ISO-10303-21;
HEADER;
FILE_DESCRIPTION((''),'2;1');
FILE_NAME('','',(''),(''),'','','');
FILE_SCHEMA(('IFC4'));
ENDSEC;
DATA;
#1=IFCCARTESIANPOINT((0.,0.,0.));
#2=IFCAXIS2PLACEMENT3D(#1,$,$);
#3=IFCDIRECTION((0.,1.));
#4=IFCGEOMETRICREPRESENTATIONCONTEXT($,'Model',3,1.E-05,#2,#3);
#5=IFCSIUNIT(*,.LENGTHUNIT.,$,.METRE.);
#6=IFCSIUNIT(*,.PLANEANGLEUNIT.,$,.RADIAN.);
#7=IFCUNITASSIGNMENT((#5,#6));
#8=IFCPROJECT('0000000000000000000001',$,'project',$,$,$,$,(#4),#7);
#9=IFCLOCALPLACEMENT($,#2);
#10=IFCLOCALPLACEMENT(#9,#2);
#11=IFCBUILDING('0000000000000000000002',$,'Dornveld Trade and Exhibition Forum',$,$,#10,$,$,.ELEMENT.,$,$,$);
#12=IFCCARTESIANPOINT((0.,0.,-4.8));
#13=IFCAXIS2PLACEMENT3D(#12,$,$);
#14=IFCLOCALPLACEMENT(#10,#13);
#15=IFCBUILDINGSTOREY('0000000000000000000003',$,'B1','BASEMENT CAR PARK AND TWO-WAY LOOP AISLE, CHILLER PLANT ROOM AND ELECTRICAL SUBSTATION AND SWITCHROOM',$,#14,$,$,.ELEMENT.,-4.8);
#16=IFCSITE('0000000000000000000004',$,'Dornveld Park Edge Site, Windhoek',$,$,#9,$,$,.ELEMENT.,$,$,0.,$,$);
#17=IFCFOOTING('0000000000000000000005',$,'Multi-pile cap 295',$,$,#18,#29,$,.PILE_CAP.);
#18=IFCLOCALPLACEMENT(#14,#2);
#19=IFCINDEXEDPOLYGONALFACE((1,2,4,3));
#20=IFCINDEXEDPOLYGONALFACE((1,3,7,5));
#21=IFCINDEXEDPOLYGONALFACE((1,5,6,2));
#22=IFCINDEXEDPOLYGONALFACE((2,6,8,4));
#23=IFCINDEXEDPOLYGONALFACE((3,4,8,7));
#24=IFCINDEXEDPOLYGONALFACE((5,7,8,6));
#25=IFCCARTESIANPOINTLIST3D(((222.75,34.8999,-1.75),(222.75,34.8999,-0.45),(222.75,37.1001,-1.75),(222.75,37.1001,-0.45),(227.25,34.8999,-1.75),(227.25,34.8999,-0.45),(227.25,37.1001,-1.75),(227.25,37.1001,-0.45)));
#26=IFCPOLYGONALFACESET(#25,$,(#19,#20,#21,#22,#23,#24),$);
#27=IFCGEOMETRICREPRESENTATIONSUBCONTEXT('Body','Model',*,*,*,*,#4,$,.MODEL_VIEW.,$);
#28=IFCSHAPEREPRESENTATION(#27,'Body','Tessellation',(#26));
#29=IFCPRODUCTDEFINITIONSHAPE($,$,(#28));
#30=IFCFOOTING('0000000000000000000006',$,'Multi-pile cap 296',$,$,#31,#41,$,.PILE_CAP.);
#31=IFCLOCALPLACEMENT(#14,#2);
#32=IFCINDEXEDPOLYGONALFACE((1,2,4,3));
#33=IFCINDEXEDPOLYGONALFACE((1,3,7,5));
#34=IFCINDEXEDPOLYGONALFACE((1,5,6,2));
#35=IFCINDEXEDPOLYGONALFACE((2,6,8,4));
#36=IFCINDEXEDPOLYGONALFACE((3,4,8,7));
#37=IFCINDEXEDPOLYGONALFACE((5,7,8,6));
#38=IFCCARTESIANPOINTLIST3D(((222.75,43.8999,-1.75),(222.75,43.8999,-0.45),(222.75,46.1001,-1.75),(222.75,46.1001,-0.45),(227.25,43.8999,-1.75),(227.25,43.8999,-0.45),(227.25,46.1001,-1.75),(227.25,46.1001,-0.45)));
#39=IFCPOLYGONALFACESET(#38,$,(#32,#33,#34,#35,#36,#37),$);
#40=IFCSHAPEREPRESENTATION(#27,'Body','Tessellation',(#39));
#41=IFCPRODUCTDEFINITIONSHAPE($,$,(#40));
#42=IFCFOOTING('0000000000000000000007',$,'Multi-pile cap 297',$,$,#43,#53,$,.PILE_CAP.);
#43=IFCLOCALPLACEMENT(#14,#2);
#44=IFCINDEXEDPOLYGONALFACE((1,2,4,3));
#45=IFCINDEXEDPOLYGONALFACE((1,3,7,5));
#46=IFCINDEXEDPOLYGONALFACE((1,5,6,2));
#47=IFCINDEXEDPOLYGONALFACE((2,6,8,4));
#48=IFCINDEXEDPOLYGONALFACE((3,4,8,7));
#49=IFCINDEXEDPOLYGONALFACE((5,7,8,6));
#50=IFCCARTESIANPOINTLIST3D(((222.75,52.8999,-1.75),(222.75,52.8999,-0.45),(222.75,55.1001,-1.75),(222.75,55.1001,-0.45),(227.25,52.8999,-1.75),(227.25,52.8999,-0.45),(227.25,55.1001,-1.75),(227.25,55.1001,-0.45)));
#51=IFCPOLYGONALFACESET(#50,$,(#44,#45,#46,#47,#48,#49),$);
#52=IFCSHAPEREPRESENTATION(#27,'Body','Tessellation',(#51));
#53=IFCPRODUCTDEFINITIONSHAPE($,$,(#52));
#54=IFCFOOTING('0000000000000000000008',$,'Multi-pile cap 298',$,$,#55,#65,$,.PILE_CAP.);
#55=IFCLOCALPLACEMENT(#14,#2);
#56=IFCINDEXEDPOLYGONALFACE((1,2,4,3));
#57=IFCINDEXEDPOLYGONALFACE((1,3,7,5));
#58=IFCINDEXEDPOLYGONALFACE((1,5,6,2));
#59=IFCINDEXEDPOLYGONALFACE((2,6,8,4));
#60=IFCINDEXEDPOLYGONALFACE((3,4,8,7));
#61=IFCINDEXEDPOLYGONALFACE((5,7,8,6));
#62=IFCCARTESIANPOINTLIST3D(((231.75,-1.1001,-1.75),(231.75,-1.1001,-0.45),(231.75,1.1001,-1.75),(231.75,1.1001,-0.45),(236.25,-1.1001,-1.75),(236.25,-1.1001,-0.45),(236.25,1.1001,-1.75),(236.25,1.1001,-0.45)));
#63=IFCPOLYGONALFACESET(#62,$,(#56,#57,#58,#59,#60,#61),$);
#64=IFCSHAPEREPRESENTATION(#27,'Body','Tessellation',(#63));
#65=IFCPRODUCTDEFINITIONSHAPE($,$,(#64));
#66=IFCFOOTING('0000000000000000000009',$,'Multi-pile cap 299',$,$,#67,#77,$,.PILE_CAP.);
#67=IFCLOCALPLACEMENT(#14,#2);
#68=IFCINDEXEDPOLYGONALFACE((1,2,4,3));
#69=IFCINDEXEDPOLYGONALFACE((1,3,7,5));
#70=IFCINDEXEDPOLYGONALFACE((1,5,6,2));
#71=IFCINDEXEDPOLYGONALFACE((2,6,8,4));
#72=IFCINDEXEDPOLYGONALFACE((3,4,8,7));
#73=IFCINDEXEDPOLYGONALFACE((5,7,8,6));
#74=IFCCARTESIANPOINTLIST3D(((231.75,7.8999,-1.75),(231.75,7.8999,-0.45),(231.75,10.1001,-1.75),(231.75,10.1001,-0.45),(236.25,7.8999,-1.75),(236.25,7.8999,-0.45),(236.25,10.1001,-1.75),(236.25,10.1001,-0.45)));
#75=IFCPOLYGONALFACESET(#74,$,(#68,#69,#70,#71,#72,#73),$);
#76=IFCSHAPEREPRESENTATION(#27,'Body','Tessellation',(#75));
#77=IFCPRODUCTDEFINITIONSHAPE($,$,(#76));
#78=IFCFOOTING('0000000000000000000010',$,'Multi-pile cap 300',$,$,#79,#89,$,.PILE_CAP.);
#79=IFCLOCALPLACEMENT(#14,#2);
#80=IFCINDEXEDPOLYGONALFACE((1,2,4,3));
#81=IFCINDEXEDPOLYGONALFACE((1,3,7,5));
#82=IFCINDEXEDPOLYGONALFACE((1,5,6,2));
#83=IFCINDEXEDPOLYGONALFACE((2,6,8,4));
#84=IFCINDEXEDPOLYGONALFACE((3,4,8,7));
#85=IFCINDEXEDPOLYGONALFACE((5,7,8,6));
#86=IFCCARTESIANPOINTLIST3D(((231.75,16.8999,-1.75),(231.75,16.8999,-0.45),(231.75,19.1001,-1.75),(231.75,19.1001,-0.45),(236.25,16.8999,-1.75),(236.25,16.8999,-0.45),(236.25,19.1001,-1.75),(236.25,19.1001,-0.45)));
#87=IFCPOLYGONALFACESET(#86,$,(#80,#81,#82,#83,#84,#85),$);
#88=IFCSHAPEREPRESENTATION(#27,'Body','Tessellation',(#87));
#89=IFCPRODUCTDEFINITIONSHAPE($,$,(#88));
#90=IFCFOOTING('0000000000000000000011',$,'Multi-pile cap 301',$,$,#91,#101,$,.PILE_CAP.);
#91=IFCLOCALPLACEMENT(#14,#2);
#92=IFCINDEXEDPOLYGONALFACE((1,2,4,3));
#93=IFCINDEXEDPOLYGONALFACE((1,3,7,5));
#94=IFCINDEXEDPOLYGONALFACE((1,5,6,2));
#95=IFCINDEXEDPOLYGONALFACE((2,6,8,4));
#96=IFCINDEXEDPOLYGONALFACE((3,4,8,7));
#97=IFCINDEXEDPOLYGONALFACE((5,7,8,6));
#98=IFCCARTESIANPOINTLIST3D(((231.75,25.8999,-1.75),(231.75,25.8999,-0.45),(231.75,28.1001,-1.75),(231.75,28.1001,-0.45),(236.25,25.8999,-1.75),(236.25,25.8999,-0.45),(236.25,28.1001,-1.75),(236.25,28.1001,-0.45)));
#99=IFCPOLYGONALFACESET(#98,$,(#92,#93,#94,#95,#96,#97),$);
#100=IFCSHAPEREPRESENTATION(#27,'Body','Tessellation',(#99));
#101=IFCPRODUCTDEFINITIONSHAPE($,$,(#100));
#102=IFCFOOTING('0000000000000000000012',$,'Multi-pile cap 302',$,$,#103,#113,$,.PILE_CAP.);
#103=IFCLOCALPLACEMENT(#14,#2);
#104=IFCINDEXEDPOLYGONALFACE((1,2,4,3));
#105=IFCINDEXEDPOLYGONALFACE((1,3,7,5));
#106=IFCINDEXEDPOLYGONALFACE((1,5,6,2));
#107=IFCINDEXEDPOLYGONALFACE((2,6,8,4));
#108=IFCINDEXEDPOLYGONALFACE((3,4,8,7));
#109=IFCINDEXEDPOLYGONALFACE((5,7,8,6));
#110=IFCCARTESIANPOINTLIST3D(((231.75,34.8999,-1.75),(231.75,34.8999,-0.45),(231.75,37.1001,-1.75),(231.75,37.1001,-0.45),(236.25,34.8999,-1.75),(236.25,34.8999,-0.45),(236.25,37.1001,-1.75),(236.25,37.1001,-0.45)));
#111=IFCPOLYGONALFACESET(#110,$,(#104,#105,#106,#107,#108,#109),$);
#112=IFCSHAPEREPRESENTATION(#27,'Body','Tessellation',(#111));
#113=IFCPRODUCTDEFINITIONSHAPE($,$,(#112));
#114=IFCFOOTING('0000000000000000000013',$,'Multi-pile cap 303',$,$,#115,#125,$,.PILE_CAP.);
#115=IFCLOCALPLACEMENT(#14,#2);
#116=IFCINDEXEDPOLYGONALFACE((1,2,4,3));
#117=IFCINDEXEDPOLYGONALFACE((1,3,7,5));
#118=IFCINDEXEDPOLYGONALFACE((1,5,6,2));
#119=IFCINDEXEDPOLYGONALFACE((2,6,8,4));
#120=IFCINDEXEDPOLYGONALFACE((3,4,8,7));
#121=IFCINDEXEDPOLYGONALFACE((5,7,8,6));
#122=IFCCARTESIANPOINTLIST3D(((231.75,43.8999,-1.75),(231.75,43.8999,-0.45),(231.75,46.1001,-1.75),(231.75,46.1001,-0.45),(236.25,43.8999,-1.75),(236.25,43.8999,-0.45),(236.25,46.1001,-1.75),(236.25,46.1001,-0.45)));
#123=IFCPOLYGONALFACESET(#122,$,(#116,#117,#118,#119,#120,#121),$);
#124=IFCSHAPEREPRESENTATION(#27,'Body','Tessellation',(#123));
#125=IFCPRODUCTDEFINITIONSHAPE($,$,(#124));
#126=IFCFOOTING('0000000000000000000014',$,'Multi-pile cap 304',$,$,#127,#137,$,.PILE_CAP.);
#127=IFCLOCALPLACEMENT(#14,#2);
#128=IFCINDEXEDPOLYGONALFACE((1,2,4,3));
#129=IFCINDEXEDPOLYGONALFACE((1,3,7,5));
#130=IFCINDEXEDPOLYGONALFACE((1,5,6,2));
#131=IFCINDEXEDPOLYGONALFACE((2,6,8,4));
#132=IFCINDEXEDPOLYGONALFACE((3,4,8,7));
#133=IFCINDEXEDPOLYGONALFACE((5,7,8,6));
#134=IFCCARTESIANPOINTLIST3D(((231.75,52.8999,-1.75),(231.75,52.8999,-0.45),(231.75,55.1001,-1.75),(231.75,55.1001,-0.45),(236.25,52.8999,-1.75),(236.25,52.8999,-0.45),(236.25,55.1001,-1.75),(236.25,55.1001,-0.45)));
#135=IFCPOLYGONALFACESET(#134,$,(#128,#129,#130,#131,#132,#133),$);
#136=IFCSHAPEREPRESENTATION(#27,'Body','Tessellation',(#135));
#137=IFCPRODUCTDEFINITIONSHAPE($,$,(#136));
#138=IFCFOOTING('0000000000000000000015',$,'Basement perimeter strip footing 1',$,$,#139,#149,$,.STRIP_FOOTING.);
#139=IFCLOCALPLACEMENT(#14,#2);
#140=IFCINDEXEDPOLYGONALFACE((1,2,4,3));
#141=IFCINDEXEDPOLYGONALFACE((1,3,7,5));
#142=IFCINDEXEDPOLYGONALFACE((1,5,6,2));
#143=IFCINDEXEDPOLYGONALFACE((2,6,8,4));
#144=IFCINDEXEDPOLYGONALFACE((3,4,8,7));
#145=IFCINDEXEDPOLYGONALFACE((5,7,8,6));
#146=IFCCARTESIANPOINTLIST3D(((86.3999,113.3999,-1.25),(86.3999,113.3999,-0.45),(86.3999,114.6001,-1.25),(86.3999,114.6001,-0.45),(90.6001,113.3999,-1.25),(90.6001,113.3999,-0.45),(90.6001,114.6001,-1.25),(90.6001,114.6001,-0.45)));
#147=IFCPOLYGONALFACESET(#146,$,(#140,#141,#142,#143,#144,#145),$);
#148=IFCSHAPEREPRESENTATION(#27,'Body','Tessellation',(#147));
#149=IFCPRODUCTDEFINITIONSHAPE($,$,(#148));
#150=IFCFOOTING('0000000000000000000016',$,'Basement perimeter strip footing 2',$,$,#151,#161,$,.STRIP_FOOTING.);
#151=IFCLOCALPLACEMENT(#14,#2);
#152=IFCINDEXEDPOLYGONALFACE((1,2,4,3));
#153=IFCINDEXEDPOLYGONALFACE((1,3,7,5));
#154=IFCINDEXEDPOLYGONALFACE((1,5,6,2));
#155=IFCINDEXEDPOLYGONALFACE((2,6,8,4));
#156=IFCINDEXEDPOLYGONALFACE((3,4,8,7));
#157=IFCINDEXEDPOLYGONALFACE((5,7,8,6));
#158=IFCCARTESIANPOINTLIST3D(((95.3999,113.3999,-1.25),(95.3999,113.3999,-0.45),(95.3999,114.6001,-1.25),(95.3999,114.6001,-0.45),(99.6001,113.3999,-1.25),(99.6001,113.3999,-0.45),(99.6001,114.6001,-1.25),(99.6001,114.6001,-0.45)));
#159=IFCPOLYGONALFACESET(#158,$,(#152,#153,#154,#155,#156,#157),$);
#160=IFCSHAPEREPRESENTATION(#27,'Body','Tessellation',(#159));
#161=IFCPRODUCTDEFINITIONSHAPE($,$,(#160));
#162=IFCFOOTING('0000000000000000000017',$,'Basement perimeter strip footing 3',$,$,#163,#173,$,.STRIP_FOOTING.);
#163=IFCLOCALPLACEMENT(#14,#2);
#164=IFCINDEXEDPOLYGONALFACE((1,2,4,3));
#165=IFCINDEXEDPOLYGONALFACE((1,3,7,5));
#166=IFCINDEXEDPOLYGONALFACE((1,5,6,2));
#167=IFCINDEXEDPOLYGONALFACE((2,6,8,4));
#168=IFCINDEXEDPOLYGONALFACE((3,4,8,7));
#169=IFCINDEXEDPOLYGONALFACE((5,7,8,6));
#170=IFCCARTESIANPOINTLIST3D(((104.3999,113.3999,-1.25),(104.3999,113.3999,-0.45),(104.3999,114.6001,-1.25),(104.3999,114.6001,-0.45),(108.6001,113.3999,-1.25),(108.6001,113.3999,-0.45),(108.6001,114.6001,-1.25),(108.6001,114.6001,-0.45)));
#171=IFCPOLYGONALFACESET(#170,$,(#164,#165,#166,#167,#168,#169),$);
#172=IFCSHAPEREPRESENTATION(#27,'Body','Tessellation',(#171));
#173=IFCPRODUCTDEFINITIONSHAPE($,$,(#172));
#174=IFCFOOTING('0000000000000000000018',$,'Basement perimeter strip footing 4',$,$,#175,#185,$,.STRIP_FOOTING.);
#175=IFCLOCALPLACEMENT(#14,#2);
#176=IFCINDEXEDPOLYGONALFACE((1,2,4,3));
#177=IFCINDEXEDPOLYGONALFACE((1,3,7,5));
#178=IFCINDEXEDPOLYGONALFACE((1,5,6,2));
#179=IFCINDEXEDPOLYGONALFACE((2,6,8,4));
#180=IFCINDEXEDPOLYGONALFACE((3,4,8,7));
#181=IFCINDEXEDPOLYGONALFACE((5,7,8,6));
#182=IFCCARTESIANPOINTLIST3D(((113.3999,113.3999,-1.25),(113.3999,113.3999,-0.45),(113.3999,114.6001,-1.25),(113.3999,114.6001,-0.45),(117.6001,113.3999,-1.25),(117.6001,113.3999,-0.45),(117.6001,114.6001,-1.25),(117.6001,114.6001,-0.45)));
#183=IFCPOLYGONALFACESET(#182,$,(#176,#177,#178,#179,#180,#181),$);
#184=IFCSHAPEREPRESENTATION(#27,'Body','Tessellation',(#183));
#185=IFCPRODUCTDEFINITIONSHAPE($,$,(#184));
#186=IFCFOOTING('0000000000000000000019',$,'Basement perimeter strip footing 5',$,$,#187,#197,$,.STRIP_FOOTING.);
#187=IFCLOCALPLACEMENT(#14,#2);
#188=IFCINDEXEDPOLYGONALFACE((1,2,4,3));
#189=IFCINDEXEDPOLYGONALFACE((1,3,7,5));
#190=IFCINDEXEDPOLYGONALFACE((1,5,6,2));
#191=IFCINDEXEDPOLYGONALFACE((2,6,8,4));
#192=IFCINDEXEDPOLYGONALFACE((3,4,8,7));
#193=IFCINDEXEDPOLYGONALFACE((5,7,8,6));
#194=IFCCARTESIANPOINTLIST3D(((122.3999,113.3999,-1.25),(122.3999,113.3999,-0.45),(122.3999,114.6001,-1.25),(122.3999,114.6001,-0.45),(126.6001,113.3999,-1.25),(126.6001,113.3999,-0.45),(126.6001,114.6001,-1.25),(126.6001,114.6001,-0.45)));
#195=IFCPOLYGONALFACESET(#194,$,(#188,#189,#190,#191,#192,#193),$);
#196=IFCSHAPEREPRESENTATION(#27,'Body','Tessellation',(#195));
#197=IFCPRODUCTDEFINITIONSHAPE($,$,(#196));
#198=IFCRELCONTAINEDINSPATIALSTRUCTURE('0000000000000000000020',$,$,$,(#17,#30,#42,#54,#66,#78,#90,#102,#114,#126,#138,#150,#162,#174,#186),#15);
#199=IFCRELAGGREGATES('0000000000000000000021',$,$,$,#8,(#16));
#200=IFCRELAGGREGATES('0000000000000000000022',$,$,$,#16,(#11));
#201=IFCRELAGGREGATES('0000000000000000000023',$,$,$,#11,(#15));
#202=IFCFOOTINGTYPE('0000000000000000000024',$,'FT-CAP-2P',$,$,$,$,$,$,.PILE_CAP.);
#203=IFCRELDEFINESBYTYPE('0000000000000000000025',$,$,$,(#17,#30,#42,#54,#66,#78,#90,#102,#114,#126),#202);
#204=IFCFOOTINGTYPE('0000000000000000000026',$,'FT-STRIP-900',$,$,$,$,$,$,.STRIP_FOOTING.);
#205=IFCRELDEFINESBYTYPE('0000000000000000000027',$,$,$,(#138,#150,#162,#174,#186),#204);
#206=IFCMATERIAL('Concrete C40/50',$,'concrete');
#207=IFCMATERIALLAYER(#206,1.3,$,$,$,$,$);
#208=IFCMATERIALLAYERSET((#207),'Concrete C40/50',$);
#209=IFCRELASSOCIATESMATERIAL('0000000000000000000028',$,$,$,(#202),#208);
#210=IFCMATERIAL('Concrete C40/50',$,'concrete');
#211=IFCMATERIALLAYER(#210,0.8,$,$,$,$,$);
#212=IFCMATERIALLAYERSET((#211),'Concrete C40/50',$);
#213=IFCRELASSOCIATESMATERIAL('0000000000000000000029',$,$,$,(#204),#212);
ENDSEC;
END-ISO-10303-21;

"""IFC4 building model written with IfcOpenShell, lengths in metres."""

from ifc_helpers import new_model, si_unit, direction, frame, origin, place, context, subcontext, project, spatial, polyline, outline, extrude, material, layer, layer_set, type_object, element, save


model = new_model("IFC4")

# Units and contexts
model_context = context("Model", 3, precision=1e-05, world=origin(), true_north=direction((0.0, 1.0)))
body_context = subcontext(model_context, "Body", "Model", "MODEL_VIEW")
ifc_project = project(units=[si_unit("LENGTHUNIT", "METRE"), si_unit("PLANEANGLEUNIT", "RADIAN")], contexts=[model_context])

# Site, building, storey
site_placement = place(None, origin())
site = spatial("IfcSite", under=ifc_project, at=site_placement, Name="Dornveld Park Edge Site, Windhoek", CompositionType="ELEMENT", RefElevation=0.0)
building_placement = place(site_placement, origin())
building = spatial("IfcBuilding", under=site, at=building_placement, Name="Dornveld Trade and Exhibition Forum", CompositionType="ELEMENT")
storey_placement = place(building_placement, frame((0.0, 0.0, -4.8)))
storey = spatial("IfcBuildingStorey", under=building, at=storey_placement, Name="B1", Description="BASEMENT CAR PARK AND TWO-WAY LOOP AISLE, CHILLER PLANT ROOM AND ELECTRICAL SUBSTATION AND SWITCHROOM", CompositionType="ELEMENT", Elevation=-4.8)

# Footings
ifc_material_1 = material(Name="Concrete C40/50", Category="concrete")
ifc_layer_1 = layer(ifc_material_1, 1.3)
ifc_layer_set_1 = layer_set([ifc_layer_1], Name="Concrete C40/50")
footing_type_1 = type_object("IfcFootingType", Name="FT-CAP-2P", PredefinedType="PILE_CAP", material=ifc_layer_set_1)
footing_1_placement = place(storey_placement, frame((0.0, 0.0, -1.75)))
element("IfcFooting", 1, at=footing_1_placement, inside=storey, type_object=footing_type_1, Name="Multi-pile cap 295", PredefinedType="PILE_CAP", context=body_context, shape_type="SweptSolid", body=[
    extrude(outline(polyline([(222.75, 34.8999), (227.25, 34.8999), (227.25, 37.1001), (222.75, 37.1001), (222.75, 34.8999)])), origin(), (0.0, 0.0, 1.0), 1.3),
])
footing_2_placement = place(storey_placement, frame((0.0, 0.0, -1.75)))
element("IfcFooting", 2, at=footing_2_placement, inside=storey, type_object=footing_type_1, Name="Multi-pile cap 296", PredefinedType="PILE_CAP", context=body_context, shape_type="SweptSolid", body=[
    extrude(outline(polyline([(222.75, 43.8999), (227.25, 43.8999), (227.25, 46.1001), (222.75, 46.1001), (222.75, 43.8999)])), origin(), (0.0, 0.0, 1.0), 1.3),
])
footing_3_placement = place(storey_placement, frame((0.0, 0.0, -1.75)))
element("IfcFooting", 3, at=footing_3_placement, inside=storey, type_object=footing_type_1, Name="Multi-pile cap 297", PredefinedType="PILE_CAP", context=body_context, shape_type="SweptSolid", body=[
    extrude(outline(polyline([(222.75, 52.8999), (227.25, 52.8999), (227.25, 55.1001), (222.75, 55.1001), (222.75, 52.8999)])), origin(), (0.0, 0.0, 1.0), 1.3),
])
footing_4_placement = place(storey_placement, frame((0.0, 0.0, -1.75)))
element("IfcFooting", 4, at=footing_4_placement, inside=storey, type_object=footing_type_1, Name="Multi-pile cap 298", PredefinedType="PILE_CAP", context=body_context, shape_type="SweptSolid", body=[
    extrude(outline(polyline([(231.75, -1.1001), (236.25, -1.1001), (236.25, 1.1001), (231.75, 1.1001), (231.75, -1.1001)])), origin(), (0.0, 0.0, 1.0), 1.3),
])
footing_5_placement = place(storey_placement, frame((0.0, 0.0, -1.75)))
element("IfcFooting", 5, at=footing_5_placement, inside=storey, type_object=footing_type_1, Name="Multi-pile cap 299", PredefinedType="PILE_CAP", context=body_context, shape_type="SweptSolid", body=[
    extrude(outline(polyline([(231.75, 7.8999), (236.25, 7.8999), (236.25, 10.1001), (231.75, 10.1001), (231.75, 7.8999)])), origin(), (0.0, 0.0, 1.0), 1.3),
])
footing_6_placement = place(storey_placement, frame((0.0, 0.0, -1.75)))
element("IfcFooting", 6, at=footing_6_placement, inside=storey, type_object=footing_type_1, Name="Multi-pile cap 300", PredefinedType="PILE_CAP", context=body_context, shape_type="SweptSolid", body=[
    extrude(outline(polyline([(231.75, 16.8999), (236.25, 16.8999), (236.25, 19.1001), (231.75, 19.1001), (231.75, 16.8999)])), origin(), (0.0, 0.0, 1.0), 1.3),
])
footing_7_placement = place(storey_placement, frame((0.0, 0.0, -1.75)))
element("IfcFooting", 7, at=footing_7_placement, inside=storey, type_object=footing_type_1, Name="Multi-pile cap 301", PredefinedType="PILE_CAP", context=body_context, shape_type="SweptSolid", body=[
    extrude(outline(polyline([(231.75, 25.8999), (236.25, 25.8999), (236.25, 28.1001), (231.75, 28.1001), (231.75, 25.8999)])), origin(), (0.0, 0.0, 1.0), 1.3),
])
footing_8_placement = place(storey_placement, frame((0.0, 0.0, -1.75)))
element("IfcFooting", 8, at=footing_8_placement, inside=storey, type_object=footing_type_1, Name="Multi-pile cap 302", PredefinedType="PILE_CAP", context=body_context, shape_type="SweptSolid", body=[
    extrude(outline(polyline([(231.75, 34.8999), (236.25, 34.8999), (236.25, 37.1001), (231.75, 37.1001), (231.75, 34.8999)])), origin(), (0.0, 0.0, 1.0), 1.3),
])
footing_9_placement = place(storey_placement, frame((0.0, 0.0, -1.75)))
element("IfcFooting", 9, at=footing_9_placement, inside=storey, type_object=footing_type_1, Name="Multi-pile cap 303", PredefinedType="PILE_CAP", context=body_context, shape_type="SweptSolid", body=[
    extrude(outline(polyline([(231.75, 43.8999), (236.25, 43.8999), (236.25, 46.1001), (231.75, 46.1001), (231.75, 43.8999)])), origin(), (0.0, 0.0, 1.0), 1.3),
])
footing_10_placement = place(storey_placement, frame((0.0, 0.0, -1.75)))
element("IfcFooting", 10, at=footing_10_placement, inside=storey, type_object=footing_type_1, Name="Multi-pile cap 304", PredefinedType="PILE_CAP", context=body_context, shape_type="SweptSolid", body=[
    extrude(outline(polyline([(231.75, 52.8999), (236.25, 52.8999), (236.25, 55.1001), (231.75, 55.1001), (231.75, 52.8999)])), origin(), (0.0, 0.0, 1.0), 1.3),
])
ifc_material_2 = material(Name="Concrete C40/50", Category="concrete")
ifc_layer_2 = layer(ifc_material_2, 0.8)
ifc_layer_set_2 = layer_set([ifc_layer_2], Name="Concrete C40/50")
footing_type_2 = type_object("IfcFootingType", Name="FT-STRIP-900", PredefinedType="STRIP_FOOTING", material=ifc_layer_set_2)
footing_11_placement = place(storey_placement, frame((0.0, 0.0, -1.25)))
element("IfcFooting", 11, at=footing_11_placement, inside=storey, type_object=footing_type_2, Name="Basement perimeter strip footing 1", PredefinedType="STRIP_FOOTING", context=body_context, shape_type="SweptSolid", body=[
    extrude(outline(polyline([(86.3999, 113.3999), (90.6001, 113.3999), (90.6001, 114.6001), (86.3999, 114.6001), (86.3999, 113.3999)])), origin(), (0.0, 0.0, 1.0), 0.8),
])
footing_12_placement = place(storey_placement, frame((0.0, 0.0, -1.25)))
element("IfcFooting", 12, at=footing_12_placement, inside=storey, type_object=footing_type_2, Name="Basement perimeter strip footing 2", PredefinedType="STRIP_FOOTING", context=body_context, shape_type="SweptSolid", body=[
    extrude(outline(polyline([(95.3999, 113.3999), (99.6001, 113.3999), (99.6001, 114.6001), (95.3999, 114.6001), (95.3999, 113.3999)])), origin(), (0.0, 0.0, 1.0), 0.8),
])
footing_13_placement = place(storey_placement, frame((0.0, 0.0, -1.25)))
element("IfcFooting", 13, at=footing_13_placement, inside=storey, type_object=footing_type_2, Name="Basement perimeter strip footing 3", PredefinedType="STRIP_FOOTING", context=body_context, shape_type="SweptSolid", body=[
    extrude(outline(polyline([(104.3999, 113.3999), (108.6001, 113.3999), (108.6001, 114.6001), (104.3999, 114.6001), (104.3999, 113.3999)])), origin(), (0.0, 0.0, 1.0), 0.8),
])
footing_14_placement = place(storey_placement, frame((0.0, 0.0, -1.25)))
element("IfcFooting", 14, at=footing_14_placement, inside=storey, type_object=footing_type_2, Name="Basement perimeter strip footing 4", PredefinedType="STRIP_FOOTING", context=body_context, shape_type="SweptSolid", body=[
    extrude(outline(polyline([(113.3999, 113.3999), (117.6001, 113.3999), (117.6001, 114.6001), (113.3999, 114.6001), (113.3999, 113.3999)])), origin(), (0.0, 0.0, 1.0), 0.8),
])
footing_15_placement = place(storey_placement, frame((0.0, 0.0, -1.25)))
element("IfcFooting", 15, at=footing_15_placement, inside=storey, type_object=footing_type_2, Name="Basement perimeter strip footing 5", PredefinedType="STRIP_FOOTING", context=body_context, shape_type="SweptSolid", body=[
    extrude(outline(polyline([(122.3999, 113.3999), (126.6001, 113.3999), (126.6001, 114.6001), (122.3999, 114.6001), (122.3999, 113.3999)])), origin(), (0.0, 0.0, 1.0), 0.8),
])

save(model, "model.ifc")
